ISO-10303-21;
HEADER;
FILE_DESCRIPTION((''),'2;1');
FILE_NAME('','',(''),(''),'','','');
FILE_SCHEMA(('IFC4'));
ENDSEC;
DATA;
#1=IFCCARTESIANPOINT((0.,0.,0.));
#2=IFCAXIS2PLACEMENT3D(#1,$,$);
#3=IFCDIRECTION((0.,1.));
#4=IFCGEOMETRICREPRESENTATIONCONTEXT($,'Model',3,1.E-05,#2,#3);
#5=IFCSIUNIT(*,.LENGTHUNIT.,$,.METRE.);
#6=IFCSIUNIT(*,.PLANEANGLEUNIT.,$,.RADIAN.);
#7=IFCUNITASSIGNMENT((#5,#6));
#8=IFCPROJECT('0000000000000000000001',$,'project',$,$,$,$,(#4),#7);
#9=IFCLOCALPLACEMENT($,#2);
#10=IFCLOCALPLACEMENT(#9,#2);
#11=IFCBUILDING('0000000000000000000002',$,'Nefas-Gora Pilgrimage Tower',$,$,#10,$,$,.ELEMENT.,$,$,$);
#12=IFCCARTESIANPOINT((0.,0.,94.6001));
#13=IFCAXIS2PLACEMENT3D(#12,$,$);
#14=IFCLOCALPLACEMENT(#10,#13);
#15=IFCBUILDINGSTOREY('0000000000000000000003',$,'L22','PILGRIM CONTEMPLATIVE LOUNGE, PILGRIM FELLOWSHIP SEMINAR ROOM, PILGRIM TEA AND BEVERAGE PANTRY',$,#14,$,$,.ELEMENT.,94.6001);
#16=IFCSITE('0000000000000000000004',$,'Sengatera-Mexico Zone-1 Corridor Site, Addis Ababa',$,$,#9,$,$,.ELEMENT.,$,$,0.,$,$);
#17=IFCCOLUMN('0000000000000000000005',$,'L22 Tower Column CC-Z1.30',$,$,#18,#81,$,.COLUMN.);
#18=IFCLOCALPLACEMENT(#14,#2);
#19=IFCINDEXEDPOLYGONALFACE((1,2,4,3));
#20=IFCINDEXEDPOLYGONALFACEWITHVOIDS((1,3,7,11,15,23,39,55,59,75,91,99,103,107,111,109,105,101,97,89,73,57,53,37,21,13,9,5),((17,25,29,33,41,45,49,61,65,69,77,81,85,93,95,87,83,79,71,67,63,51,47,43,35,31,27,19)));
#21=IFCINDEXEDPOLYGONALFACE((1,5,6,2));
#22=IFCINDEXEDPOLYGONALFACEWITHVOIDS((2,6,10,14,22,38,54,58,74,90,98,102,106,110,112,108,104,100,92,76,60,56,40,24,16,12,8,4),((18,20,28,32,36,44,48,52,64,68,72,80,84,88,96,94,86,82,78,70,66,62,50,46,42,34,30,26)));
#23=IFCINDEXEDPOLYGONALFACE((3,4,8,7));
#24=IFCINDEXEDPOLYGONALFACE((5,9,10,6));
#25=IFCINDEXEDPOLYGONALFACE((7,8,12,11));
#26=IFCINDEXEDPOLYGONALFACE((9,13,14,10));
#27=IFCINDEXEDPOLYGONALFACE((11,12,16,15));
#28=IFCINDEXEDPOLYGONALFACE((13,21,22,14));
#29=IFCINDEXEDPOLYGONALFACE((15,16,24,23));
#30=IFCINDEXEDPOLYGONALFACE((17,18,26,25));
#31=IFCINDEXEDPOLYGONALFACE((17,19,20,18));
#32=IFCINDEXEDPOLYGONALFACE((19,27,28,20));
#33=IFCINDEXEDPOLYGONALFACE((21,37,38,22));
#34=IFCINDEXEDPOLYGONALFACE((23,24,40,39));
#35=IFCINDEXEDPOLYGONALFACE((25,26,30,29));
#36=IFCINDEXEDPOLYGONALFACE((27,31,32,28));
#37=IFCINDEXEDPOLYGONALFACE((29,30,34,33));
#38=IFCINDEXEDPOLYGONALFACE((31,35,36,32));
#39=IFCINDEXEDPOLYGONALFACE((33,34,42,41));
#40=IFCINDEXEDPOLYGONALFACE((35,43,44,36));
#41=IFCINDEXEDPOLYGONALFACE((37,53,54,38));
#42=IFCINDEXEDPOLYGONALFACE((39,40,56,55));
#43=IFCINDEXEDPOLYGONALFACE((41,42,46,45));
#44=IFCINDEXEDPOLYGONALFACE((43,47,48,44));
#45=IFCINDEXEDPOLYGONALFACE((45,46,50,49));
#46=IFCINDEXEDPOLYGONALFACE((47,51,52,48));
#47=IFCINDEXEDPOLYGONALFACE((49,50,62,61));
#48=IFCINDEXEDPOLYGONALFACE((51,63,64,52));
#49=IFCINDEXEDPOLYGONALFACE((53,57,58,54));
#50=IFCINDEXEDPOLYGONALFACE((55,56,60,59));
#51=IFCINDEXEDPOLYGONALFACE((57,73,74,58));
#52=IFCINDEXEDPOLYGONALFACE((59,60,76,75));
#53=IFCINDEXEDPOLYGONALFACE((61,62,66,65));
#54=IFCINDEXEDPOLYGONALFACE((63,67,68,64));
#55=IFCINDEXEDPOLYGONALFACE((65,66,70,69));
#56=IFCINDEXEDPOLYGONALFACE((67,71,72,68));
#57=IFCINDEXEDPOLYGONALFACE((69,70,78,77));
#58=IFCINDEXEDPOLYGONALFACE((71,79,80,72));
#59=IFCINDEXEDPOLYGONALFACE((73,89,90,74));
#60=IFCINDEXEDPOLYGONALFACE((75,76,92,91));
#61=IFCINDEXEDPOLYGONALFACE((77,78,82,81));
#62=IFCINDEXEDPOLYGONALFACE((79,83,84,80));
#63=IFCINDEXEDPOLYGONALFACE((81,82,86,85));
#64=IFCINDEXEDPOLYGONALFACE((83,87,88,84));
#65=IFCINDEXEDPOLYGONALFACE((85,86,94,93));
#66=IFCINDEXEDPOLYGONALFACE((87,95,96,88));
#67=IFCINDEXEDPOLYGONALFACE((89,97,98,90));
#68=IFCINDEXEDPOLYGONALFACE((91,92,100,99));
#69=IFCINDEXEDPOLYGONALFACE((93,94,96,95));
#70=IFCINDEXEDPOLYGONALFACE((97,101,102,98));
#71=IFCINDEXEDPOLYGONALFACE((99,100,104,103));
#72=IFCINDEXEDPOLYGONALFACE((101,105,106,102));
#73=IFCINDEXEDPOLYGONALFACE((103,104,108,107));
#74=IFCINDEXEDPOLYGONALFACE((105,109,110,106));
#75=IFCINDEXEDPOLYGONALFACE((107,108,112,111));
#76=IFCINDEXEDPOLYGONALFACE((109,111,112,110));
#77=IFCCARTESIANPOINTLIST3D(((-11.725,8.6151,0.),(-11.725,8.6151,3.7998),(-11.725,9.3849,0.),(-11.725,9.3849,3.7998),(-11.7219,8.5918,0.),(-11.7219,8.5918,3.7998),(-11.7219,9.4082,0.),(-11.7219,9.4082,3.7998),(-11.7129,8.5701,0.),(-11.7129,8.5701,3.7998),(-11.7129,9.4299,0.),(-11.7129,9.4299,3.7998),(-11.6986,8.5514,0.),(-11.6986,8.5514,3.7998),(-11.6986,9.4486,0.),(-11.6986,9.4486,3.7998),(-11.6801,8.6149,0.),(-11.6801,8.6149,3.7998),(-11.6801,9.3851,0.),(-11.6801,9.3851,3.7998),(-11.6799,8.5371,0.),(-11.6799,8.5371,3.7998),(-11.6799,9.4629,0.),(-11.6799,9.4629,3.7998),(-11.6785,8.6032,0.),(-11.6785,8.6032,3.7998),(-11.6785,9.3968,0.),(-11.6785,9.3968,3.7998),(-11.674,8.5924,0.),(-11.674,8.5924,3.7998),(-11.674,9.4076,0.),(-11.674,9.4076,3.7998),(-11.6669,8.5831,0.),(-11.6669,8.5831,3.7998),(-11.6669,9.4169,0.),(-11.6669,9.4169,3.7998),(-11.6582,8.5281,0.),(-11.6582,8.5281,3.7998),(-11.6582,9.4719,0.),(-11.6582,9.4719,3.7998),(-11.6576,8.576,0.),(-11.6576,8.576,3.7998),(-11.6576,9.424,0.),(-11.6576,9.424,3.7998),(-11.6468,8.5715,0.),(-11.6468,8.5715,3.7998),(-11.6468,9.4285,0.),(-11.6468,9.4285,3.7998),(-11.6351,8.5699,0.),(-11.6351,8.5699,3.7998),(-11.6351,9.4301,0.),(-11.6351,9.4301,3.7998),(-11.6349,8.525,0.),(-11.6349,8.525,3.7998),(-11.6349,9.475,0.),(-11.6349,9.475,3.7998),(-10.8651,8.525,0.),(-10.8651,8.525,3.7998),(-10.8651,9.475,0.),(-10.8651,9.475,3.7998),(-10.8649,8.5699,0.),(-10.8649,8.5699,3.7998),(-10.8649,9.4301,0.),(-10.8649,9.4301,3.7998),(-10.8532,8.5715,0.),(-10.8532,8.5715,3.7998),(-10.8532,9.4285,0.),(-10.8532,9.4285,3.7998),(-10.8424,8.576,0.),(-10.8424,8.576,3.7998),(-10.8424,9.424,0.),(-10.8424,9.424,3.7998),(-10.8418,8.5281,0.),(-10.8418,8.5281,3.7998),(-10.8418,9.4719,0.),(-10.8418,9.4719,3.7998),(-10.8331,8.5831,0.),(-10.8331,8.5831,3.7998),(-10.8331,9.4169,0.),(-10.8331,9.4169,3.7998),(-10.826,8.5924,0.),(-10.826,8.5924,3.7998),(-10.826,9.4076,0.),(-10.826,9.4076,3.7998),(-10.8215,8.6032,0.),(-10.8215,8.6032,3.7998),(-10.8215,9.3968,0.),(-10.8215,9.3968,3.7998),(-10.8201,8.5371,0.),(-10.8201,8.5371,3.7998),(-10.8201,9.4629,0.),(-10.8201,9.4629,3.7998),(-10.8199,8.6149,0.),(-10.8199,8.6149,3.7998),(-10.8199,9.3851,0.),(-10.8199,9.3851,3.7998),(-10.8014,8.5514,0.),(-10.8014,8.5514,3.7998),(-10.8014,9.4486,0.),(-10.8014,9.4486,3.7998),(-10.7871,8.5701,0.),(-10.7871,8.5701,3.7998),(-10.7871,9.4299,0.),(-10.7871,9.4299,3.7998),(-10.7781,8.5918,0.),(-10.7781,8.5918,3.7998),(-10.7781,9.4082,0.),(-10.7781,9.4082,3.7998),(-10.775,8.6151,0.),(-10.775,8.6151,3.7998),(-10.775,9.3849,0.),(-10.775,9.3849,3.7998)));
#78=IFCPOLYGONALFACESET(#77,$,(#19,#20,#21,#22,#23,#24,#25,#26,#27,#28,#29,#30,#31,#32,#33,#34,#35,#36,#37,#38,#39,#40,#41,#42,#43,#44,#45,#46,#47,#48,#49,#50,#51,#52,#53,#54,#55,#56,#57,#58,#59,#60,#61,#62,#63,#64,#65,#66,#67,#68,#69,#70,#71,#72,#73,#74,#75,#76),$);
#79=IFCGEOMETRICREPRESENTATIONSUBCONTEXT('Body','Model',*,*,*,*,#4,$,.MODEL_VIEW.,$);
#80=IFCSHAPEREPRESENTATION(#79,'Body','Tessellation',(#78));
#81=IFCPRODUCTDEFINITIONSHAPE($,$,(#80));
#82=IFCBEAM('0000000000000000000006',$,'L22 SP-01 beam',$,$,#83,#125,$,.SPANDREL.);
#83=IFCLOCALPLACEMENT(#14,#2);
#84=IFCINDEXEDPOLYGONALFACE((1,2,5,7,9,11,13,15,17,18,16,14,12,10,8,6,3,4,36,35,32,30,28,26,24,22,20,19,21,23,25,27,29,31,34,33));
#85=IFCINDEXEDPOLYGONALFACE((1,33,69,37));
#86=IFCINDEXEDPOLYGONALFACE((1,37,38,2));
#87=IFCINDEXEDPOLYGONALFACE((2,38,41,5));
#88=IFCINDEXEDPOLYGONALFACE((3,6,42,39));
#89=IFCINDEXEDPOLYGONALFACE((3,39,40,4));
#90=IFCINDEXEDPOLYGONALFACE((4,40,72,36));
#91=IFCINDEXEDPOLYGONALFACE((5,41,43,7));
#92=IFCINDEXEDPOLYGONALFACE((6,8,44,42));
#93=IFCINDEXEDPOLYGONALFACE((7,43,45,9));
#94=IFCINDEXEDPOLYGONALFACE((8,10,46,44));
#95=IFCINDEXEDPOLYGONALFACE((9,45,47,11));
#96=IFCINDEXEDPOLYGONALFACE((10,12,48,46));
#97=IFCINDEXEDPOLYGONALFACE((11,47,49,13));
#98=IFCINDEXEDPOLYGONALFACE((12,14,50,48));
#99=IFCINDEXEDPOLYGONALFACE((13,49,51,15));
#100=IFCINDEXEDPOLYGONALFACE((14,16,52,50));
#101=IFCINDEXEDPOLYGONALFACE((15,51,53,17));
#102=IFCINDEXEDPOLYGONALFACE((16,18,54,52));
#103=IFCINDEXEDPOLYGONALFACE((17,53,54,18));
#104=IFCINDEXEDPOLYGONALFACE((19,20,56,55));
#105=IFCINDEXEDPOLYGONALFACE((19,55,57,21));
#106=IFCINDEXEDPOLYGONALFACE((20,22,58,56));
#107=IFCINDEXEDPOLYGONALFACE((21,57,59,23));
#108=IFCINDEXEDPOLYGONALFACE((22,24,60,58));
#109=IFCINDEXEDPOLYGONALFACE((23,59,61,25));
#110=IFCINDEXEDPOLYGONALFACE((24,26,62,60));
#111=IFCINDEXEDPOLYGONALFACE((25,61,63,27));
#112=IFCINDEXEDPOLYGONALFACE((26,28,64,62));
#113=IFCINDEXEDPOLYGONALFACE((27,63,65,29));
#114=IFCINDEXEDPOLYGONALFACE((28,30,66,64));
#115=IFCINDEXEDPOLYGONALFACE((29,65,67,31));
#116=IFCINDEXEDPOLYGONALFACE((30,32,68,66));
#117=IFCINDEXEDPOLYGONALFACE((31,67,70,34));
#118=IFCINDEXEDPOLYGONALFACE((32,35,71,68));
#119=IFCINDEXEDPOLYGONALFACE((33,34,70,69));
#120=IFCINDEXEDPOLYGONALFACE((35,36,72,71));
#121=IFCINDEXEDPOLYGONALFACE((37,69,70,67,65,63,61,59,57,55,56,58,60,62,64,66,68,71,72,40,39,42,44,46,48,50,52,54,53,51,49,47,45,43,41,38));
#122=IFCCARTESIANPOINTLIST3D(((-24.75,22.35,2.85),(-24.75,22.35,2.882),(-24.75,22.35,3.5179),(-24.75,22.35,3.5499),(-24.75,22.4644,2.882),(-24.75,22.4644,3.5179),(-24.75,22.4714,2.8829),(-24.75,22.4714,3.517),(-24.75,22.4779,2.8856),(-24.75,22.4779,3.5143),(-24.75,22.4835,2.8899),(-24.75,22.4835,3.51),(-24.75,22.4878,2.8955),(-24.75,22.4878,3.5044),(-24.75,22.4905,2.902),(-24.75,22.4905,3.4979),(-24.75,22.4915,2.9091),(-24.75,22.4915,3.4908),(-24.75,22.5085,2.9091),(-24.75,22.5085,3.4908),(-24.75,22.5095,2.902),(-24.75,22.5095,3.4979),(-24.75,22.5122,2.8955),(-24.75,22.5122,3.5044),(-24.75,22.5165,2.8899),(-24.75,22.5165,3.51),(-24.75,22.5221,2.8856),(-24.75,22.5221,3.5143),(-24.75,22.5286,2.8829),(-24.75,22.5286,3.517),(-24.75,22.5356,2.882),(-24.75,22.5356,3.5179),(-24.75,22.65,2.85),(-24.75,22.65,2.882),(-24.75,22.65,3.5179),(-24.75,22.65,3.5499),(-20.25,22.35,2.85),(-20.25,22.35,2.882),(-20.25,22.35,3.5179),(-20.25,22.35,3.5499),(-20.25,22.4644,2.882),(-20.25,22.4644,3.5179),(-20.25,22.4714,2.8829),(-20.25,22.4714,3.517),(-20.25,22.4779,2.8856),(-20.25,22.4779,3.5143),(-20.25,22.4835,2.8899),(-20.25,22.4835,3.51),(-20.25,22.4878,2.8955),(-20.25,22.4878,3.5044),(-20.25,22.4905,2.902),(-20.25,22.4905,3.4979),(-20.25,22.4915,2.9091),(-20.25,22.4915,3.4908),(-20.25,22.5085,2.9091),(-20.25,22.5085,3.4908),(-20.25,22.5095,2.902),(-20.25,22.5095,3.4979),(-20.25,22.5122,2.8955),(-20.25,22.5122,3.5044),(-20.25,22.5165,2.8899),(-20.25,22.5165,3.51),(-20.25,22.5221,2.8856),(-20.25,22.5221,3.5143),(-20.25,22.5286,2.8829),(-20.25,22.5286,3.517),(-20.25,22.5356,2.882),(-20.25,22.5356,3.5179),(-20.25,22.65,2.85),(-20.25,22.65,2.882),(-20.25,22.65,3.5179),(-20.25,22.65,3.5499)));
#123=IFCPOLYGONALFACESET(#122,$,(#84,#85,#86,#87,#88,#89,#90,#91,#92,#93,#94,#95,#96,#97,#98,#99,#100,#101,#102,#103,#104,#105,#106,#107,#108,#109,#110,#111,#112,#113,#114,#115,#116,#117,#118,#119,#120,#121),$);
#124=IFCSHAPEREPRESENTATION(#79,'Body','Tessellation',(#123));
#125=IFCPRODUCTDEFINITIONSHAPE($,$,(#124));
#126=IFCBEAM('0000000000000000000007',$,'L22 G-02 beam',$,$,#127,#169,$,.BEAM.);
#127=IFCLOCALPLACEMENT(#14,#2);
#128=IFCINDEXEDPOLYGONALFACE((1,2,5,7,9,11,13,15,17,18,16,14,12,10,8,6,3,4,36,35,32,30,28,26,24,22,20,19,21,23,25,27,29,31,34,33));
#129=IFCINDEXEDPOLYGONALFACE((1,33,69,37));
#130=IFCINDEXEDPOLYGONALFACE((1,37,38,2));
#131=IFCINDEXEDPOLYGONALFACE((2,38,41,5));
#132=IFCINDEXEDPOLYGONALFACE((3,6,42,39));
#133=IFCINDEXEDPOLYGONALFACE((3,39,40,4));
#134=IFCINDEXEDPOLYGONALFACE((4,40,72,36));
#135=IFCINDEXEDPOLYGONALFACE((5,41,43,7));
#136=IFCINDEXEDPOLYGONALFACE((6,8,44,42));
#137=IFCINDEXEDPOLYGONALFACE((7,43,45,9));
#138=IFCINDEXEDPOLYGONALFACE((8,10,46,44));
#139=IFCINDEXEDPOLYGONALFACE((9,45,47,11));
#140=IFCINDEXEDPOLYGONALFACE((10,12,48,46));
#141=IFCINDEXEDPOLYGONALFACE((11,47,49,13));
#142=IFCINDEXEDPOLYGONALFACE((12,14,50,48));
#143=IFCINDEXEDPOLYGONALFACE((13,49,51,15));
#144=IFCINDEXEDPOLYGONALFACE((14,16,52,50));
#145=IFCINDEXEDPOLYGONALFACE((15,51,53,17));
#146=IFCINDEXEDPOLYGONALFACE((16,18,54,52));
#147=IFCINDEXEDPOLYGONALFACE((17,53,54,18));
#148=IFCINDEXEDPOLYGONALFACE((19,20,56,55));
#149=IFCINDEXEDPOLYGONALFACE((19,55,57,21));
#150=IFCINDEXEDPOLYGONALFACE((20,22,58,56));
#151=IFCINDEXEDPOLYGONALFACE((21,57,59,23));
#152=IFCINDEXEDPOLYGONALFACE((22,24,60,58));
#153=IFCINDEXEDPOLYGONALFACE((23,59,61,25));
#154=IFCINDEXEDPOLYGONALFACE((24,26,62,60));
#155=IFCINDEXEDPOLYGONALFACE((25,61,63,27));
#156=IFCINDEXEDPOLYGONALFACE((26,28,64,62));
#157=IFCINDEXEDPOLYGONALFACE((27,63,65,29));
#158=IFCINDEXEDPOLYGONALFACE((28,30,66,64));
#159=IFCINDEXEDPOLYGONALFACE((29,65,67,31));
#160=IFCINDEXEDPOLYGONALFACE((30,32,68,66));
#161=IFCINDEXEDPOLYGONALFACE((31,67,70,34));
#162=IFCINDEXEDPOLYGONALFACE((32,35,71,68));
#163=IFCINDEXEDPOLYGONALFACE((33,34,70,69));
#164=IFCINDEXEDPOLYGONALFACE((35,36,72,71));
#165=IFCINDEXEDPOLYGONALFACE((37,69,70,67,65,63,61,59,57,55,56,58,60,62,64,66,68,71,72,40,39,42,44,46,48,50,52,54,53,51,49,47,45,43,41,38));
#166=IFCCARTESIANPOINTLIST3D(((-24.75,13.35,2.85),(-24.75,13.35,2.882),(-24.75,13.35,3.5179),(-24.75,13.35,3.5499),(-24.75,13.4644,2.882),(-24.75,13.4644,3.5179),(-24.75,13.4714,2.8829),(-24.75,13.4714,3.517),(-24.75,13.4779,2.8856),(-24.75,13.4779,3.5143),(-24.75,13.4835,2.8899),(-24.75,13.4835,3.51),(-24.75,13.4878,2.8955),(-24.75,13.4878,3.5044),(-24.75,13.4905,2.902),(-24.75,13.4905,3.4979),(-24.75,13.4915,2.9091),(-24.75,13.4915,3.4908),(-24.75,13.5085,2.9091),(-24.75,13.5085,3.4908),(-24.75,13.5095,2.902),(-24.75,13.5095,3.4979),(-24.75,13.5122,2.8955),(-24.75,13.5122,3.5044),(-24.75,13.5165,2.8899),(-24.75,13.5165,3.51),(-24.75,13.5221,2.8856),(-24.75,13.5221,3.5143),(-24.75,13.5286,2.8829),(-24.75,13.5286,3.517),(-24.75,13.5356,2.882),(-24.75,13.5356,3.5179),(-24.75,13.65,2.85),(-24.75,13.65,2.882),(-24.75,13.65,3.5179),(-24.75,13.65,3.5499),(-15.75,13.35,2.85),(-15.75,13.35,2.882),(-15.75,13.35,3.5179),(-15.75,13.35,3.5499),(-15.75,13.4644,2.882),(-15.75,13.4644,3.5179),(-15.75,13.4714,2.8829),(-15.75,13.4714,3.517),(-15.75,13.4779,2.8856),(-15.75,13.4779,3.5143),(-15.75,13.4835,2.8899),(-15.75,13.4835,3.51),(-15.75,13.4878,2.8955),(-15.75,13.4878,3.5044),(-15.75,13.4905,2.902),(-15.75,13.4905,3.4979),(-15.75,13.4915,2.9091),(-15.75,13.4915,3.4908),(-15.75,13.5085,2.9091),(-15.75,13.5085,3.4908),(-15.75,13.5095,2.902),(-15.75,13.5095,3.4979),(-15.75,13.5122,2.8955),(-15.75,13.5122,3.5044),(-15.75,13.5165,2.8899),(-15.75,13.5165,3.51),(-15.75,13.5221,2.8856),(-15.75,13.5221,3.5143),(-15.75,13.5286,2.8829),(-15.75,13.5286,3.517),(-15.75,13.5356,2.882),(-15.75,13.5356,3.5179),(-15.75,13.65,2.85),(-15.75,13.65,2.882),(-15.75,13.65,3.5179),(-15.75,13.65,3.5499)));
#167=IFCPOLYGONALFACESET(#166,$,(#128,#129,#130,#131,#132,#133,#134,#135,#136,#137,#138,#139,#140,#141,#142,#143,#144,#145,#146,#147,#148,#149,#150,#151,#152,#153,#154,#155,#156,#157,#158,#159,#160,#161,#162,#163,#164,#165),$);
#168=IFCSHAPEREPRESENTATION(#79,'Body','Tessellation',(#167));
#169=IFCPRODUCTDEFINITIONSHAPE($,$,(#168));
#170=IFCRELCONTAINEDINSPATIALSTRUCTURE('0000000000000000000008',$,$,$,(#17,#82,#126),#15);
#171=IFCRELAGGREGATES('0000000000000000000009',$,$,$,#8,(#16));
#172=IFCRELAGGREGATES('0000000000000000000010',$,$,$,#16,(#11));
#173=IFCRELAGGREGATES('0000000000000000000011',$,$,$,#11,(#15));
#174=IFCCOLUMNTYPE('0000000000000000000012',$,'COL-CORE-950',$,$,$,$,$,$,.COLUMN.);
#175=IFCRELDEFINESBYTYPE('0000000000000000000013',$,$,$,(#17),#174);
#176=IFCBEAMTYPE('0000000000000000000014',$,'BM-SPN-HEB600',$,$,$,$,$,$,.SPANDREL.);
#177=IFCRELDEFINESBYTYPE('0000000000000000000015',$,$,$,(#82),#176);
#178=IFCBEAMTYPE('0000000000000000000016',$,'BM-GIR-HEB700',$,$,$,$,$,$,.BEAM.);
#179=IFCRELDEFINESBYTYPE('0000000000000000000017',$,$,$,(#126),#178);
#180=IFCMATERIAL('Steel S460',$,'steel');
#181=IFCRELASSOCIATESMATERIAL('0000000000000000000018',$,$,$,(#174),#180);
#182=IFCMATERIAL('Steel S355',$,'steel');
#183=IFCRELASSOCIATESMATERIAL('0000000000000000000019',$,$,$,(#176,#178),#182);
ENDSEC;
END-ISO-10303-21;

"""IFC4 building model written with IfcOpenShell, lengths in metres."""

from ifc_helpers import new_model, si_unit, direction, frame, origin, origin_2d, place, context, subcontext, project, spatial, hollow_rectangle, i_section, extrude, source, transform, mapped, material, material_profile, profile_set, type_object, element, save


model = new_model("IFC4")

# Units and contexts
model_context = context("Model", 3, precision=1e-05, world=origin(), true_north=direction((0.0, 1.0)))
body_context = subcontext(model_context, "Body", "Model", "MODEL_VIEW")
ifc_project = project(units=[si_unit("LENGTHUNIT", "METRE"), si_unit("PLANEANGLEUNIT", "RADIAN")], contexts=[model_context])

# Site, building, storey
site_placement = place(None, origin())
site = spatial("IfcSite", under=ifc_project, at=site_placement, Name="Sengatera-Mexico Zone-1 Corridor Site, Addis Ababa", CompositionType="ELEMENT", RefElevation=0.0)
building_placement = place(site_placement, origin())
building = spatial("IfcBuilding", under=site, at=building_placement, Name="Nefas-Gora Pilgrimage Tower", CompositionType="ELEMENT")
storey_placement = place(building_placement, frame((0.0, 0.0, 94.6001)))
storey = spatial("IfcBuildingStorey", under=building, at=storey_placement, Name="L22", Description="PILGRIM CONTEMPLATIVE LOUNGE, PILGRIM FELLOWSHIP SEMINAR ROOM, PILGRIM TEA AND BEVERAGE PANTRY", CompositionType="ELEMENT", Elevation=94.6001)

# Column
ifc_material_1 = material(Name="Steel S460", Category="steel")
ifc_material_profile_1 = material_profile(ifc_material_1, hollow_rectangle(XDim=0.95, YDim=0.95, WallThickness=0.0449, InnerFilletRadius=0.0449, OuterFilletRadius=0.0901, at=origin_2d()), Name="BOX 950x950x45")
ifc_profile_set_1 = profile_set([ifc_material_profile_1], Name="Steel S460")
column_type_1 = type_object("IfcColumnType", Name="COL-CORE-950", PredefinedType="COLUMN", material=ifc_profile_set_1)
shared_shape_1 = source(origin(), body_context, "Body", "SweptSolid", [
    extrude(hollow_rectangle(XDim=0.95, YDim=0.95, WallThickness=0.0449, InnerFilletRadius=0.0449, OuterFilletRadius=0.0901, at=origin_2d()), origin(), (0.0, 0.0, 1.0), 3.7998),
])
column_placement = place(storey_placement, frame((-11.25, 9.0, 0.0), z_axis=(0.0, 0.0, 1.0), x_axis=(1.0, 0.0, 0.0)))
element("IfcColumn", 1, at=column_placement, inside=storey, type_object=column_type_1, Name="L22 Tower Column CC-Z1.30", PredefinedType="COLUMN", context=body_context, shape_type="MappedRepresentation", body=[
    mapped(shared_shape_1, transform((0.0, 0.0, 0.0), x_axis=(1.0, 0.0, 0.0), y_axis=(0.0, 1.0, 0.0), z_axis=(0.0, 0.0, 1.0), scale=1.0)),
])

# Beams
ifc_material_2 = material(Name="Steel S355", Category="steel")
ifc_material_profile_2 = material_profile(ifc_material_2, i_section(OverallWidth=0.3, OverallDepth=0.7, WebThickness=0.0171, FlangeThickness=0.032, FilletRadius=0.0271, at=origin_2d()), Name="HEB 700")
ifc_profile_set_2 = profile_set([ifc_material_profile_2], Name="Steel S355")
beam_type_1 = type_object("IfcBeamType", Name="BM-SPN-HEB600", PredefinedType="SPANDREL", material=ifc_profile_set_2)
shared_shape_2 = source(origin(), body_context, "Body", "SweptSolid", [
    extrude(i_section(OverallWidth=0.3, OverallDepth=0.7, WebThickness=0.0171, FlangeThickness=0.032, FilletRadius=0.0271, at=origin_2d()), origin(), (0.0, 0.0, 1.0), 4.5),
])
beam_placement = place(storey_placement, frame((-24.75, 22.5, 3.2), z_axis=(1.0, 0.0, 0.0), x_axis=(0.0, 1.0, 0.0)))
element("IfcBeam", 2, at=beam_placement, inside=storey, type_object=beam_type_1, Name="L22 SP-01 beam", PredefinedType="SPANDREL", context=body_context, shape_type="MappedRepresentation", body=[
    mapped(shared_shape_2, transform((0.0, 0.0, 0.0), x_axis=(1.0, 0.0, 0.0), y_axis=(0.0, 1.0, 0.0), z_axis=(0.0, 0.0, 1.0), scale=1.0)),
])
ifc_material_profile_3 = material_profile(ifc_material_2, i_section(OverallWidth=0.3, OverallDepth=0.7, WebThickness=0.0171, FlangeThickness=0.032, FilletRadius=0.0271, at=origin_2d()), Name="HEB 700")
ifc_profile_set_3 = profile_set([ifc_material_profile_3], Name="Steel S355")
beam_type_2 = type_object("IfcBeamType", Name="BM-GIR-HEB700", PredefinedType="BEAM", material=ifc_profile_set_3)
shared_shape_3 = source(origin(), body_context, "Body", "SweptSolid", [
    extrude(i_section(OverallWidth=0.3, OverallDepth=0.7, WebThickness=0.0171, FlangeThickness=0.032, FilletRadius=0.0271, at=origin_2d()), origin(), (0.0, 0.0, 1.0), 9.0),
])
for number, where, z_axis, x_axis, name in (
    (3, (-24.75, 13.5, 3.2), (1.0, 0.0, 0.0), (0.0, 1.0, 0.0), "L22 G-02 beam"),
):
    element("IfcBeam", number, at=place(storey_placement, frame(where, z_axis=z_axis, x_axis=x_axis)), inside=storey, type_object=beam_type_2, Name=name, PredefinedType="BEAM", context=body_context, shape_type="MappedRepresentation", body=[
        mapped(shared_shape_3, transform((0.0, 0.0, 0.0), x_axis=(1.0, 0.0, 0.0), y_axis=(0.0, 1.0, 0.0), z_axis=(0.0, 0.0, 1.0), scale=1.0)),
    ])

save(model, "model.ifc")
